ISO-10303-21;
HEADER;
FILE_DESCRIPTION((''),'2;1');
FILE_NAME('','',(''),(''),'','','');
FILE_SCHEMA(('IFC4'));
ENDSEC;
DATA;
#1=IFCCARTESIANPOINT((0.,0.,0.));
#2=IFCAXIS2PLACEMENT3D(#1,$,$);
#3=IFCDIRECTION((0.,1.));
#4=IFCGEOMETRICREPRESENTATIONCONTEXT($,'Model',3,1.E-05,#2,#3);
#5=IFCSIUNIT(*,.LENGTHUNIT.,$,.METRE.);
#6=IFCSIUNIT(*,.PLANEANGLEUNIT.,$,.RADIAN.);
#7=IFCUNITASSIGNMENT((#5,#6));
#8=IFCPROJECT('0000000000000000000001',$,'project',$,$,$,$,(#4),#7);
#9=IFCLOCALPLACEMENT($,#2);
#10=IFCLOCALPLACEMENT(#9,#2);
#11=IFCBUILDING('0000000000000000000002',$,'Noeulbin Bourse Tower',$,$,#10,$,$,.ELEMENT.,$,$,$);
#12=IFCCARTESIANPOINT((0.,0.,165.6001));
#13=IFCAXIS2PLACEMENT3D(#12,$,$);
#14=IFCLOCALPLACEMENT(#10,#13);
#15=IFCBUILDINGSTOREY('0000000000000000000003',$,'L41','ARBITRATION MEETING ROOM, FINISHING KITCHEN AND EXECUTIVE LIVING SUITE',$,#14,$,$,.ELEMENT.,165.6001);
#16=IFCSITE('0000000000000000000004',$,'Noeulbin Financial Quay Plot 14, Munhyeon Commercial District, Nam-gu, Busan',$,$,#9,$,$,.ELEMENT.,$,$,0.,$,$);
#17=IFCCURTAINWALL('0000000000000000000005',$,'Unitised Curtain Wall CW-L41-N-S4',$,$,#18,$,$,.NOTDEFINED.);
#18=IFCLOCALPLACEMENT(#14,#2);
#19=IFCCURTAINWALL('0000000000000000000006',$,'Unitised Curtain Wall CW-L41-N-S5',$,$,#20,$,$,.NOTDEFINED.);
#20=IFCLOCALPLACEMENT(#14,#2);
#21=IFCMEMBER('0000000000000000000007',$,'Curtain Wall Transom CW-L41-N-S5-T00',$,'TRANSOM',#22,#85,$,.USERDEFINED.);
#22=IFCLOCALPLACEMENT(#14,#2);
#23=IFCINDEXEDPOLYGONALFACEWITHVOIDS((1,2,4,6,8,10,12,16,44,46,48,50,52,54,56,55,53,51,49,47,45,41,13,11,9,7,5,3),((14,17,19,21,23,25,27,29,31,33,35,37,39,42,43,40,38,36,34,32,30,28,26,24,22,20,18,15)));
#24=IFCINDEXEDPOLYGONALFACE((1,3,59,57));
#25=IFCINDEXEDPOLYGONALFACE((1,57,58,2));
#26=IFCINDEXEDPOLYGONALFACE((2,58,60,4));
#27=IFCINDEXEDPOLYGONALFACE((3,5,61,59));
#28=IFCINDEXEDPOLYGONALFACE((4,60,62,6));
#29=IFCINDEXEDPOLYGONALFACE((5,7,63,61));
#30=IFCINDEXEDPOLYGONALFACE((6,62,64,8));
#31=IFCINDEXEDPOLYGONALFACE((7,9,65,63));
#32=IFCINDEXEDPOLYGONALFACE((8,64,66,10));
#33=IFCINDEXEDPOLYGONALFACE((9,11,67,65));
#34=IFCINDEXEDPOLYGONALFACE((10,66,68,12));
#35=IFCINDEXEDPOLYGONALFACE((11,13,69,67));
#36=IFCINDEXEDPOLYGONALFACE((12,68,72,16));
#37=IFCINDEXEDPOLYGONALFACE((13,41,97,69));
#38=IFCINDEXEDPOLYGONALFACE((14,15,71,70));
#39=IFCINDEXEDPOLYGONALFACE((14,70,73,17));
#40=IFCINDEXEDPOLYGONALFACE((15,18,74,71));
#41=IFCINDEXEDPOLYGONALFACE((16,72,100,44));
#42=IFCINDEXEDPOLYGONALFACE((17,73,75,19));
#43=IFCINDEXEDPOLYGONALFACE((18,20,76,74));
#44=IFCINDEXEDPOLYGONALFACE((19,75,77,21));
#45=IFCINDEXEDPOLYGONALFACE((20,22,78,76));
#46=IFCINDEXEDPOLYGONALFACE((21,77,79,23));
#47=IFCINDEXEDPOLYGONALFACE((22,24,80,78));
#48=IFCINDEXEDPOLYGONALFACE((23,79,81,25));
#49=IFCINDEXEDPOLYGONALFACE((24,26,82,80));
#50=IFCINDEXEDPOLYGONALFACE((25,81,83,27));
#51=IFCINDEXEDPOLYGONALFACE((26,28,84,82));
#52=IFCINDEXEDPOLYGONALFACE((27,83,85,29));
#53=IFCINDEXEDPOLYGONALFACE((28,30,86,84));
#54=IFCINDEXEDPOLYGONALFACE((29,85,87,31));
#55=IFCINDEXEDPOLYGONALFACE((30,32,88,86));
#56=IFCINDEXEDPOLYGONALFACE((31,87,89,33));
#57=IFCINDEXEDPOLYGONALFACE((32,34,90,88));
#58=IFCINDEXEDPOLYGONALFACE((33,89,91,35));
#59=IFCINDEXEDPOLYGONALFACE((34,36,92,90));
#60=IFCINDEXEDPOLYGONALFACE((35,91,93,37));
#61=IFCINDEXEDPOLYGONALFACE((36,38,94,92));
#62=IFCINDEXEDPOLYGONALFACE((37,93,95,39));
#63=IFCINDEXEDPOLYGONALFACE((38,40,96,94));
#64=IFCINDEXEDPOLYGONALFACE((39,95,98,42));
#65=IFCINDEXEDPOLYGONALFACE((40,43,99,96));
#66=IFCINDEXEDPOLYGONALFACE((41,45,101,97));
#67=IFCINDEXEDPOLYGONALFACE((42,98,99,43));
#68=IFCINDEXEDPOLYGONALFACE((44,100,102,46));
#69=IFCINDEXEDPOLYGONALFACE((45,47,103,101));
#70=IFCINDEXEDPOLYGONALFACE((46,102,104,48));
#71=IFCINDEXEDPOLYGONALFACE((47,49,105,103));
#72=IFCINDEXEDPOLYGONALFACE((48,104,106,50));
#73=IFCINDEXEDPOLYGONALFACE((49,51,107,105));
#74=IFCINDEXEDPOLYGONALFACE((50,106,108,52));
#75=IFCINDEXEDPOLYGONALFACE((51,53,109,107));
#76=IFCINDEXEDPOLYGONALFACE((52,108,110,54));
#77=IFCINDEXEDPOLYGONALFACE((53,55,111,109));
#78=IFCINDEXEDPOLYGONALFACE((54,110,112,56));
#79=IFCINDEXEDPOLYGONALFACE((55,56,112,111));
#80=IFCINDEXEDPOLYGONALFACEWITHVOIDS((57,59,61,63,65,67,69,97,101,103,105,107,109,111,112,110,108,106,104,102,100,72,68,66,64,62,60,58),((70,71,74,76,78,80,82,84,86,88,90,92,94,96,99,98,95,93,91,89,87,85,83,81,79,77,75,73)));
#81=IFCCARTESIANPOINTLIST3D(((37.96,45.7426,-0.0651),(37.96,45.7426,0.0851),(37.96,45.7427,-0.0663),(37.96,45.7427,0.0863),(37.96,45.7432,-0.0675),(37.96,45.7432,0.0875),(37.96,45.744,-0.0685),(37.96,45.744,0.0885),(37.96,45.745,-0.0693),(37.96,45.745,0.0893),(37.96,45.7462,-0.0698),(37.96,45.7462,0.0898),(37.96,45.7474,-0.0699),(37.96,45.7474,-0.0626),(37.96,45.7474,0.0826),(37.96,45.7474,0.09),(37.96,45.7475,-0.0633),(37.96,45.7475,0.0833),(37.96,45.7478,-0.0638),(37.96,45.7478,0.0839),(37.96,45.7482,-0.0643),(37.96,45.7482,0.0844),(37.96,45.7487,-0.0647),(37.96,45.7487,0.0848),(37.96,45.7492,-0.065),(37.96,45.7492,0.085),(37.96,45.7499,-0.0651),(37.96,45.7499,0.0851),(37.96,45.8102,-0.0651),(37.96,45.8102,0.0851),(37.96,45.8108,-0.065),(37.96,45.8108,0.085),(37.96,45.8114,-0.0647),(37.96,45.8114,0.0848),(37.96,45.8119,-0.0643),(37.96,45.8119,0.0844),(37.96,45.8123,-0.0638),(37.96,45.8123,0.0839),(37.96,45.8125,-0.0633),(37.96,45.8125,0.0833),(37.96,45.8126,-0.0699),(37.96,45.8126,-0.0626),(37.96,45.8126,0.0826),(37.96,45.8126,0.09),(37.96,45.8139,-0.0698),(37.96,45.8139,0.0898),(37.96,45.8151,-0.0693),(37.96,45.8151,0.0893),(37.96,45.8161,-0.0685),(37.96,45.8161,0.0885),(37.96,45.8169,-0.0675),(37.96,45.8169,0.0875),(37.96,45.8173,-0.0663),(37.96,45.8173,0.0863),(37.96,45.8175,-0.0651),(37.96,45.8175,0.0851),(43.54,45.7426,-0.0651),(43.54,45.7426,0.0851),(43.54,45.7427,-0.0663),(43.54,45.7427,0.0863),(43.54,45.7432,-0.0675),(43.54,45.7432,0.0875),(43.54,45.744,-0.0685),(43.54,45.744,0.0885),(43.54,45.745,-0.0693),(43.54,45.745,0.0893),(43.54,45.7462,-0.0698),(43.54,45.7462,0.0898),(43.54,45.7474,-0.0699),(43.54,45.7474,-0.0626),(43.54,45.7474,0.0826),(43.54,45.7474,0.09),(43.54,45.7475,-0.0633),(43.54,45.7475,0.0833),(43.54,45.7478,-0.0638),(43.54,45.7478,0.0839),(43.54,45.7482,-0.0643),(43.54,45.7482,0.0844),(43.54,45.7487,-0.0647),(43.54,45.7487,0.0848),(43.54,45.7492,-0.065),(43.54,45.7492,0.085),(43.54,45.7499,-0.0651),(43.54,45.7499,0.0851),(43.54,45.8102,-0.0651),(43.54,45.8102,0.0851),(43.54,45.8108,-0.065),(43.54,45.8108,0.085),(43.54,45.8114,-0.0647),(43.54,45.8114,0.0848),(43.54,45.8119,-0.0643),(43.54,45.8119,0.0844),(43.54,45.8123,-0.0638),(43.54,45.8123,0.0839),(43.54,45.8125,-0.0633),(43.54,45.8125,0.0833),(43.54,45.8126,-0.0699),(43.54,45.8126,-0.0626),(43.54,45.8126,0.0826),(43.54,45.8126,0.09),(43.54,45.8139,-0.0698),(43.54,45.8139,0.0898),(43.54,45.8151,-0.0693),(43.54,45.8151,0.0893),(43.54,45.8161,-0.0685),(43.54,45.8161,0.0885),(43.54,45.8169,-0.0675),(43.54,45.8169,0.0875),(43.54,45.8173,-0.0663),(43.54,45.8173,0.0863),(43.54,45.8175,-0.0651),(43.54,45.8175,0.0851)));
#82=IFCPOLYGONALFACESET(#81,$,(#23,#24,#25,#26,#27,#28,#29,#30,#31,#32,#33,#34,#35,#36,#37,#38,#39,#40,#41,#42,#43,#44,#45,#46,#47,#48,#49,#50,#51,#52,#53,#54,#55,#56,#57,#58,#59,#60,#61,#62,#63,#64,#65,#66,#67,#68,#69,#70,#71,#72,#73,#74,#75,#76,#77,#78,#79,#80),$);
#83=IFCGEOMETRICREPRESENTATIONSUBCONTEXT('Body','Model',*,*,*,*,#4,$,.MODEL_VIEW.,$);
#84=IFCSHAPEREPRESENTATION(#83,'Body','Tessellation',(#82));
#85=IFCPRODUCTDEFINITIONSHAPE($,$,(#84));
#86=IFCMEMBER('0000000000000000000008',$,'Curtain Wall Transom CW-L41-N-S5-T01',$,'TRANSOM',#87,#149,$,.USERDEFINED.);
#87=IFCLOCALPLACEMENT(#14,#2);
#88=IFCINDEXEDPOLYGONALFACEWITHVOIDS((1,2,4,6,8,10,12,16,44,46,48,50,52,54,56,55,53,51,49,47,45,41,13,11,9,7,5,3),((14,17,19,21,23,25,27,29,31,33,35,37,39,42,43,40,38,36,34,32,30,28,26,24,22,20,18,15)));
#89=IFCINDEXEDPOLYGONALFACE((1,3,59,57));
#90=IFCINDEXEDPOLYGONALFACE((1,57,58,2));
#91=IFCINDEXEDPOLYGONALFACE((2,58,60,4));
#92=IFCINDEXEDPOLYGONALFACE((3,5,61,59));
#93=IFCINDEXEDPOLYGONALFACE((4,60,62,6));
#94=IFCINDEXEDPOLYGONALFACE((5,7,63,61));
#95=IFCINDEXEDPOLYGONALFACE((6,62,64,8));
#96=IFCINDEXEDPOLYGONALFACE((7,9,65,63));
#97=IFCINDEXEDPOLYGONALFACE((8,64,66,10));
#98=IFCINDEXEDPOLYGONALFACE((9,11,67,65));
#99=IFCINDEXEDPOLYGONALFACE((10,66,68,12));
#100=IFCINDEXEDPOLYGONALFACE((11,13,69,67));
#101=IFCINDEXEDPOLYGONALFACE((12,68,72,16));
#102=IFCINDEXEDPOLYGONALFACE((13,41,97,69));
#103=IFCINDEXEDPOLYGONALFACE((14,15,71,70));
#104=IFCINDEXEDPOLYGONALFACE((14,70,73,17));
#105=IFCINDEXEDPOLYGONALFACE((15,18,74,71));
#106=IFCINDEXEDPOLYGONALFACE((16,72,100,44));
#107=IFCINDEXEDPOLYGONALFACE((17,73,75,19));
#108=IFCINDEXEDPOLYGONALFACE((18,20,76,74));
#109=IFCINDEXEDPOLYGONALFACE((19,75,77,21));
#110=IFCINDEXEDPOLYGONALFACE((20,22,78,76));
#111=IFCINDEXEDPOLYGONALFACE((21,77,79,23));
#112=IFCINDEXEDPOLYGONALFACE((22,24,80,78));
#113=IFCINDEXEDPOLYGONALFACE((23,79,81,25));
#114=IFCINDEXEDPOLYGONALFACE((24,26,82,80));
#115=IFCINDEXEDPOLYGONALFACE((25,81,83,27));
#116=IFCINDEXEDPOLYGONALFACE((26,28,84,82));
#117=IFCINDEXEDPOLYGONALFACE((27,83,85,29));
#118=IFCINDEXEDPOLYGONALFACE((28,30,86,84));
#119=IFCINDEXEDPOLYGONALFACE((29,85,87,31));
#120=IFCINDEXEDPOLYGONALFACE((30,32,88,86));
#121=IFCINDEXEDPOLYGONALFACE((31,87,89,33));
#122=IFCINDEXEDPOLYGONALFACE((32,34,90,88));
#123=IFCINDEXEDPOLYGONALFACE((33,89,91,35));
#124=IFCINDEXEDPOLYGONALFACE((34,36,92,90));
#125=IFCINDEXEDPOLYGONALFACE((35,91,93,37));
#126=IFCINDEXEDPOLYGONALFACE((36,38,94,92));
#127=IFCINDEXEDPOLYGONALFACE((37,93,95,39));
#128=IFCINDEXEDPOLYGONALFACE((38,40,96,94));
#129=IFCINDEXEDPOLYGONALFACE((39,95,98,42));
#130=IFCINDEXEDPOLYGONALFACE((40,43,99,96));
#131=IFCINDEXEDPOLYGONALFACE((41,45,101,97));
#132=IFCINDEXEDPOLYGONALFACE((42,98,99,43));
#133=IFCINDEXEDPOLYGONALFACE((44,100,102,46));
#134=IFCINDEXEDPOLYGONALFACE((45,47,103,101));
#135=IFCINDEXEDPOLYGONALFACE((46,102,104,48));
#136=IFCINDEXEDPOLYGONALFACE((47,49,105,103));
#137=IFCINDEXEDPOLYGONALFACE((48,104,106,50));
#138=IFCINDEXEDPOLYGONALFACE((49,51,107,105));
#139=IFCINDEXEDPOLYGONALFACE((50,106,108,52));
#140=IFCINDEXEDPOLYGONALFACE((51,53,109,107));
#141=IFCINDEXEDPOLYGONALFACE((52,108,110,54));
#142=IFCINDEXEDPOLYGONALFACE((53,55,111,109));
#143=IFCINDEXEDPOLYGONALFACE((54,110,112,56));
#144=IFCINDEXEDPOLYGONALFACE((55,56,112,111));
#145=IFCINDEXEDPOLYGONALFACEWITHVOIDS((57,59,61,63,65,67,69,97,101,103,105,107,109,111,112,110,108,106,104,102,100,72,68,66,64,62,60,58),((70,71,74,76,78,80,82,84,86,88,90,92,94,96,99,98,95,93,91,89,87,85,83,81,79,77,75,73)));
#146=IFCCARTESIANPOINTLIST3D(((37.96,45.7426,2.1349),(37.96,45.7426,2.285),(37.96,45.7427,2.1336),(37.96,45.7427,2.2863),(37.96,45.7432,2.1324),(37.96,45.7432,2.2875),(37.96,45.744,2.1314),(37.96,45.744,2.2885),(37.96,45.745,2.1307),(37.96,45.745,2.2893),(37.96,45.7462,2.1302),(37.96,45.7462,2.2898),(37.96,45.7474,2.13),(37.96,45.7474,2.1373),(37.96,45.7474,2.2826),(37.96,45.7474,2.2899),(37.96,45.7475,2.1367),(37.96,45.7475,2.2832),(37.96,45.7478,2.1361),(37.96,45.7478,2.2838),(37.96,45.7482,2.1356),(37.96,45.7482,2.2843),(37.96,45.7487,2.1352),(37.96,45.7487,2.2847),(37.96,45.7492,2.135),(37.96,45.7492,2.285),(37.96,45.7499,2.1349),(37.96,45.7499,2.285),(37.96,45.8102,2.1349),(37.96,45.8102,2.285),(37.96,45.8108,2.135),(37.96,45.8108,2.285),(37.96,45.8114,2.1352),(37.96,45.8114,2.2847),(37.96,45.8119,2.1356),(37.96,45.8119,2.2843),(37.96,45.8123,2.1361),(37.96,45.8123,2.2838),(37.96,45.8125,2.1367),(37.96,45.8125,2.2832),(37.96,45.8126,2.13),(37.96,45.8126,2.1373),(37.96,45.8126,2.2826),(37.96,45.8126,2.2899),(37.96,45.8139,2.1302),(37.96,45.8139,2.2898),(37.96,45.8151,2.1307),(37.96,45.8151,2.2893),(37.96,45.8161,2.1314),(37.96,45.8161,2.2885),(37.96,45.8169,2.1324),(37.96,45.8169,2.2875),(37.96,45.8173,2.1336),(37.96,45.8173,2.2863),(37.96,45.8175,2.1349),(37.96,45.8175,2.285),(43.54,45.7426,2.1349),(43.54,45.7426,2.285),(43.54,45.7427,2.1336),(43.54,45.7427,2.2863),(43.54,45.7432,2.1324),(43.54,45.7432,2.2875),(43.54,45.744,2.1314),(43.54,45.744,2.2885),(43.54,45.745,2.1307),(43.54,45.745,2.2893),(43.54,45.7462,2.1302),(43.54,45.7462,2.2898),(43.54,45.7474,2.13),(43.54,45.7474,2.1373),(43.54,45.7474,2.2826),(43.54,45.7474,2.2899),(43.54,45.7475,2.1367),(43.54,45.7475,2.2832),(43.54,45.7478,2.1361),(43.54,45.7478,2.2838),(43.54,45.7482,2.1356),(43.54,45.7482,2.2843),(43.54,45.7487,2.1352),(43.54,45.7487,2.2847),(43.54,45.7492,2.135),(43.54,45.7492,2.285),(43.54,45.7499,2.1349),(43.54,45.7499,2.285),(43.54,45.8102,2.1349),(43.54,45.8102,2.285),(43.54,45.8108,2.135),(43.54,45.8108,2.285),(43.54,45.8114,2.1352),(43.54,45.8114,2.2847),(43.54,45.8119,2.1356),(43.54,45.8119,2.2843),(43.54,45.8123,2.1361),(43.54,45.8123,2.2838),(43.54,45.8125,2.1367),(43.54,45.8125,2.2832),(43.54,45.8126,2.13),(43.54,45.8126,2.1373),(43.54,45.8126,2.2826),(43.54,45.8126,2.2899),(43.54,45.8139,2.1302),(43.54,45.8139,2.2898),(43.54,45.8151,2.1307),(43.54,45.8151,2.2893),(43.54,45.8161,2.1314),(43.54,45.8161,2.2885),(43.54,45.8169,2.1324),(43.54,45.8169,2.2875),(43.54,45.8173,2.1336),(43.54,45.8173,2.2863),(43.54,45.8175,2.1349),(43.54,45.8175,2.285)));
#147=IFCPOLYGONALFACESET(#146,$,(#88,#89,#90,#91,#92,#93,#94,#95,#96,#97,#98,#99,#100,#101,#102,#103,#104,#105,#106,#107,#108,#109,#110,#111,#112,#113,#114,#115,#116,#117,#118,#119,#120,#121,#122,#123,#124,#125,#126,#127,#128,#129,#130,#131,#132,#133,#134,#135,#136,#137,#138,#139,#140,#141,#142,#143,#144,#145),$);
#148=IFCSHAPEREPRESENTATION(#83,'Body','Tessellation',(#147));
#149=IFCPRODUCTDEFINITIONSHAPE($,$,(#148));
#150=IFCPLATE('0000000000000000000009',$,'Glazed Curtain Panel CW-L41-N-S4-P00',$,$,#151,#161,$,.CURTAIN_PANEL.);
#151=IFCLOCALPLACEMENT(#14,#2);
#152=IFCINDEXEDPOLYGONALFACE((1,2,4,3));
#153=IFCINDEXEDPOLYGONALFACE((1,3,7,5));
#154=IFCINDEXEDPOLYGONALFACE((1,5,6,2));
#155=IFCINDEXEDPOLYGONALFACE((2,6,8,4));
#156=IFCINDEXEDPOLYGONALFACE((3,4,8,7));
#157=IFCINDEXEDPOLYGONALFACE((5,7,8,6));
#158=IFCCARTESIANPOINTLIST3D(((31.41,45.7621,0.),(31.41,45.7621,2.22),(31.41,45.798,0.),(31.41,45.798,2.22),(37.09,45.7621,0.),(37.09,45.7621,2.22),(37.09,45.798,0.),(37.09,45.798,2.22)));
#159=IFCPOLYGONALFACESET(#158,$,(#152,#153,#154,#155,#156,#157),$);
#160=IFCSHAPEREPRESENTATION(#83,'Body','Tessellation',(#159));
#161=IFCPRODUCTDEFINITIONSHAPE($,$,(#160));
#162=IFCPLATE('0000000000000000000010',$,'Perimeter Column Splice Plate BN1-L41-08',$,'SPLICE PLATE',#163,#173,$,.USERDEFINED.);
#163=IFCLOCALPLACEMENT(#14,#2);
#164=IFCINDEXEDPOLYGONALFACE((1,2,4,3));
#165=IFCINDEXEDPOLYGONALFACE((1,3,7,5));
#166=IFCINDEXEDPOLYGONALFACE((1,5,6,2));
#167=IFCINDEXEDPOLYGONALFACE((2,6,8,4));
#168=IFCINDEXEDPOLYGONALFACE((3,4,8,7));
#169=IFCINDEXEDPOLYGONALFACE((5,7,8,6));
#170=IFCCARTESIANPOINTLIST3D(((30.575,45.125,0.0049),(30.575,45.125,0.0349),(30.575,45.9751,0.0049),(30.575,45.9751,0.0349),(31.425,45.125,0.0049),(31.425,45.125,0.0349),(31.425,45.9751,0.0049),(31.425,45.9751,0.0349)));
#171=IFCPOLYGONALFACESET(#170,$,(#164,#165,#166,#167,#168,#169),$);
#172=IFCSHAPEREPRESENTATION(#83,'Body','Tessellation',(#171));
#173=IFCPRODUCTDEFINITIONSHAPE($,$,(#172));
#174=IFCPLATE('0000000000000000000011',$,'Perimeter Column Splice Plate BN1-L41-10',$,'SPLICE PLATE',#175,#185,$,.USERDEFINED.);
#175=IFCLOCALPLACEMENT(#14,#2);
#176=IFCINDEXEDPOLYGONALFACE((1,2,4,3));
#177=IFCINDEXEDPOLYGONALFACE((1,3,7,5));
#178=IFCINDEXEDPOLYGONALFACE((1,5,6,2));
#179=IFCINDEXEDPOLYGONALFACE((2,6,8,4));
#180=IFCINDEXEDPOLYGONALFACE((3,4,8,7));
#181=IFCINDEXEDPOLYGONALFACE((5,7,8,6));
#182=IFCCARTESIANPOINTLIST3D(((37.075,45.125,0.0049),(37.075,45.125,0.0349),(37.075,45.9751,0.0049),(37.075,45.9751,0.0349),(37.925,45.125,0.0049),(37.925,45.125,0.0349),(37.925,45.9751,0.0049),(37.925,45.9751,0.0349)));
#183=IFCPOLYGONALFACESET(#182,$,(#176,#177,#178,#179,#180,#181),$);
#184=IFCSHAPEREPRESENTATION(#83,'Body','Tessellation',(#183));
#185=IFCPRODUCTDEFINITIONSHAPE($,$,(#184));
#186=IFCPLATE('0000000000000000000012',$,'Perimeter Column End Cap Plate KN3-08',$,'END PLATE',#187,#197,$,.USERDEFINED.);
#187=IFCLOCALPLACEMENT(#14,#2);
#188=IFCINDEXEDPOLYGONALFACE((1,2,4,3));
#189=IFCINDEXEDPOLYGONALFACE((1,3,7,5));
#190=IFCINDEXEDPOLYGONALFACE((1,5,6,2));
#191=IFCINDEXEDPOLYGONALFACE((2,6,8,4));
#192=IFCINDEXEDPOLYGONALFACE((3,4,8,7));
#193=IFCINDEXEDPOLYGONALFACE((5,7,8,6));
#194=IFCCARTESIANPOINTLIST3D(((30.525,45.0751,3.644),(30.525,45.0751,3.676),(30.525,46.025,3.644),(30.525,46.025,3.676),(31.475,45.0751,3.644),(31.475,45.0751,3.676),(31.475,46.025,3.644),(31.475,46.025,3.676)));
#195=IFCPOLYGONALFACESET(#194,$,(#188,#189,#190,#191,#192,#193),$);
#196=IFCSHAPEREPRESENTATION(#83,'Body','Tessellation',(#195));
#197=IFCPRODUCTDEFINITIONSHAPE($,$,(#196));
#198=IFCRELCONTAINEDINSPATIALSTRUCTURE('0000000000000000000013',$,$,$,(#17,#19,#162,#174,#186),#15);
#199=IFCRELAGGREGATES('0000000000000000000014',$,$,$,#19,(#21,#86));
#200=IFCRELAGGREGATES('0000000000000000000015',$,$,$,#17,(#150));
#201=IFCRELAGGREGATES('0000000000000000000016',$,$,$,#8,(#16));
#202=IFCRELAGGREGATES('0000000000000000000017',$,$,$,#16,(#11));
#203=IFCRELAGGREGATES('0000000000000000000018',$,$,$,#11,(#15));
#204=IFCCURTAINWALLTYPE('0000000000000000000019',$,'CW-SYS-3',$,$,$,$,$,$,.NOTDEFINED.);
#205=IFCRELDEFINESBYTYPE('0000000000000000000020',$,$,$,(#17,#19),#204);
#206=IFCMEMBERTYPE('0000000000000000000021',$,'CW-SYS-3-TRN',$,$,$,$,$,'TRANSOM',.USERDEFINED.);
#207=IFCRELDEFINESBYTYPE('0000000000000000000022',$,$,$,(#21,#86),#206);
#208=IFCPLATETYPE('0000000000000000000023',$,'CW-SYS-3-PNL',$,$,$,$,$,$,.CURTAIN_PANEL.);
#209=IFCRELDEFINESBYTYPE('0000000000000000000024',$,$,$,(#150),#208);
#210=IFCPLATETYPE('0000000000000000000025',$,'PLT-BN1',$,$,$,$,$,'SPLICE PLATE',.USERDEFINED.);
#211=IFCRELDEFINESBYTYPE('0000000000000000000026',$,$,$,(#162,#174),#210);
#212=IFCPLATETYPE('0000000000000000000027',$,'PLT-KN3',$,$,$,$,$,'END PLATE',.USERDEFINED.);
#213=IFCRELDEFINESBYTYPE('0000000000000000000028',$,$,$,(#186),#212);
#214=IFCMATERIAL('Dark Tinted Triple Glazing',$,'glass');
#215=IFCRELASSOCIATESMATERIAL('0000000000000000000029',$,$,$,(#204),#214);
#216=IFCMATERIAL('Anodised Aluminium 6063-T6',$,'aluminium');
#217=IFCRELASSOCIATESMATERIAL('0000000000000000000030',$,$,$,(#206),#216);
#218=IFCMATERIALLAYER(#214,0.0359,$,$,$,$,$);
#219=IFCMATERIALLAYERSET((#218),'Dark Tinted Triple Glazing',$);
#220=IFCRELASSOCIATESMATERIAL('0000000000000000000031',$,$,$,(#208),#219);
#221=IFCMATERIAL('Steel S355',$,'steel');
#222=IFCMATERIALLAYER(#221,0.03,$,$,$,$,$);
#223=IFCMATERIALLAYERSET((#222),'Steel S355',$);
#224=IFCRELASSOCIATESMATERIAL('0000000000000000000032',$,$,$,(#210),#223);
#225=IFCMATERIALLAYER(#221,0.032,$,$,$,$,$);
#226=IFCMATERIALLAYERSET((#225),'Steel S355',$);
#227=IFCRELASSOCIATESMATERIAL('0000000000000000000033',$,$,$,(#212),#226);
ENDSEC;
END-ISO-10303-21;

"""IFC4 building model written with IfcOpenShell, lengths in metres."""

from ifc_helpers import new_model, si_unit, direction, frame, origin, origin_2d, place, context, subcontext, project, spatial, rectangle, hollow_rectangle, extrude, material, layer, layer_set, material_profile, profile_set, type_object, element, aggregate, save


model = new_model("IFC4")

# Units and contexts
model_context = context("Model", 3, precision=1e-05, world=origin(), true_north=direction((0.0, 1.0)))
body_context = subcontext(model_context, "Body", "Model", "MODEL_VIEW")
ifc_project = project(units=[si_unit("LENGTHUNIT", "METRE"), si_unit("PLANEANGLEUNIT", "RADIAN")], contexts=[model_context])

# Site, building, storey
site_placement = place(None, origin())
site = spatial("IfcSite", under=ifc_project, at=site_placement, Name="Noeulbin Financial Quay Plot 14, Munhyeon Commercial District, Nam-gu, Busan", CompositionType="ELEMENT", RefElevation=0.0)
building_placement = place(site_placement, origin())
building = spatial("IfcBuilding", under=site, at=building_placement, Name="Noeulbin Bourse Tower", CompositionType="ELEMENT")
storey_placement = place(building_placement, frame((0.0, 0.0, 165.6001)))
storey = spatial("IfcBuildingStorey", under=building, at=storey_placement, Name="L41", Description="ARBITRATION MEETING ROOM, FINISHING KITCHEN AND EXECUTIVE LIVING SUITE", CompositionType="ELEMENT", Elevation=165.6001)

# Shared definitions
ifc_material_1 = material(Name="Steel S355", Category="steel")

# Shared definitions
ifc_material_2 = material(Name="Dark Tinted Triple Glazing", Category="glass")
curtain_wall_type = type_object("IfcCurtainWallType", Name="CW-SYS-3", PredefinedType="NOTDEFINED", material=ifc_material_2)
ifc_material_3 = material(Name="Anodised Aluminium 6063-T6", Category="aluminium")

# Curtain wall
curtain_wall_1_placement = place(storey_placement, origin())
curtain_wall_1 = element("IfcCurtainWall", 1, at=curtain_wall_1_placement, inside=storey, type_object=curtain_wall_type, Name="Unitised Curtain Wall CW-L41-N-S4", PredefinedType="NOTDEFINED")

# Curtain wall
curtain_wall_2_placement = place(storey_placement, origin())
curtain_wall_2 = element("IfcCurtainWall", 2, at=curtain_wall_2_placement, inside=storey, type_object=curtain_wall_type, Name="Unitised Curtain Wall CW-L41-N-S5", PredefinedType="NOTDEFINED")

# Members
ifc_material_profile_1 = material_profile(ifc_material_3, hollow_rectangle(XDim=0.075, YDim=0.1599, WallThickness=0.0049, InnerFilletRadius=0.0024, OuterFilletRadius=0.0049, at=origin_2d()), Name="ALU-TRAN-75x160x5", Category="LoadBearing")
ifc_profile_set_1 = profile_set([ifc_material_profile_1], Name="Anodised Aluminium 6063-T6")
member_type_1 = type_object("IfcMemberType", Name="CW-SYS-3-TRN", ElementType="TRANSOM", PredefinedType="USERDEFINED", material=ifc_profile_set_1)
member_1_placement = place(storey_placement, frame((37.96, 45.78, 0.01), z_axis=(1.0, 0.0, 0.0), x_axis=(0.0, 1.0, 0.0)))
member_1 = element("IfcMember", 3, at=member_1_placement, type_object=member_type_1, Name="Curtain Wall Transom CW-L41-N-S5-T00", ObjectType="TRANSOM", PredefinedType="USERDEFINED", context=body_context, shape_type="SweptSolid", body=[
    extrude(hollow_rectangle(XDim=0.075, YDim=0.1599, WallThickness=0.0049, InnerFilletRadius=0.0024, OuterFilletRadius=0.0049, at=origin_2d()), origin(), (0.0, 0.0, 1.0), 5.5801),
])
member_2_placement = place(storey_placement, frame((37.96, 45.78, 2.21), z_axis=(1.0, 0.0, 0.0), x_axis=(0.0, 1.0, 0.0)))
member_2 = element("IfcMember", 4, at=member_2_placement, type_object=member_type_1, Name="Curtain Wall Transom CW-L41-N-S5-T01", ObjectType="TRANSOM", PredefinedType="USERDEFINED", context=body_context, shape_type="SweptSolid", body=[
    extrude(hollow_rectangle(XDim=0.075, YDim=0.1599, WallThickness=0.0049, InnerFilletRadius=0.0024, OuterFilletRadius=0.0049, at=origin_2d()), origin(), (0.0, 0.0, 1.0), 5.5801),
])
aggregate(curtain_wall_2, [member_1, member_2])

# Plate
ifc_layer_1 = layer(ifc_material_2, 0.0359)
ifc_layer_set_1 = layer_set([ifc_layer_1], Name="Dark Tinted Triple Glazing")
plate_type_1 = type_object("IfcPlateType", Name="CW-SYS-3-PNL", PredefinedType="CURTAIN_PANEL", material=ifc_layer_set_1)
plate_placement = place(storey_placement, frame((34.25, 45.78, 0.0), z_axis=(0.0, 0.0, 1.0), x_axis=(1.0, 0.0, 0.0)))
plate = element("IfcPlate", 5, at=plate_placement, type_object=plate_type_1, Name="Glazed Curtain Panel CW-L41-N-S4-P00", PredefinedType="CURTAIN_PANEL", context=body_context, shape_type="SweptSolid", body=[
    extrude(rectangle(XDim=5.6799, YDim=0.0359, at=origin_2d()), origin(), (0.0, 0.0, 1.0), 2.22),
])
aggregate(curtain_wall_1, [plate])

# Plates
ifc_layer_2 = layer(ifc_material_1, 0.03)
ifc_layer_set_2 = layer_set([ifc_layer_2], Name="Steel S355")
plate_type_2 = type_object("IfcPlateType", Name="PLT-BN1", ElementType="SPLICE PLATE", PredefinedType="USERDEFINED", material=ifc_layer_set_2)
for number, where, z_axis, x_axis, name in (
    (6, (31.0, 45.55, 0.0049), (0.0, 0.0, 1.0), (1.0, 0.0, 0.0), "Perimeter Column Splice Plate BN1-L41-08"),
    (7, (37.5, 45.55, 0.0049), (0.0, 0.0, 1.0), (1.0, 0.0, 0.0), "Perimeter Column Splice Plate BN1-L41-10"),
):
    element("IfcPlate", number, at=place(storey_placement, frame(where, z_axis=z_axis, x_axis=x_axis)), inside=storey, type_object=plate_type_2, Name=name, ObjectType="SPLICE PLATE", PredefinedType="USERDEFINED", context=body_context, shape_type="SweptSolid", body=[
        extrude(rectangle(XDim=0.8501, YDim=0.8501, at=origin_2d()), origin(), (0.0, 0.0, 1.0), 0.03),
    ])
ifc_layer_3 = layer(ifc_material_1, 0.032)
ifc_layer_set_3 = layer_set([ifc_layer_3], Name="Steel S355")
plate_type_3 = type_object("IfcPlateType", Name="PLT-KN3", ElementType="END PLATE", PredefinedType="USERDEFINED", material=ifc_layer_set_3)
for number, where, z_axis, x_axis, name in (
    (8, (31.0, 45.55, 3.644), (0.0, 0.0, 1.0), (1.0, 0.0, 0.0), "Perimeter Column End Cap Plate KN3-08"),
):
    element("IfcPlate", number, at=place(storey_placement, frame(where, z_axis=z_axis, x_axis=x_axis)), inside=storey, type_object=plate_type_3, Name=name, ObjectType="END PLATE", PredefinedType="USERDEFINED", context=body_context, shape_type="SweptSolid", body=[
        extrude(rectangle(XDim=0.95, YDim=0.95, at=origin_2d()), origin(), (0.0, 0.0, 1.0), 0.032),
    ])

save(model, "model.ifc")
